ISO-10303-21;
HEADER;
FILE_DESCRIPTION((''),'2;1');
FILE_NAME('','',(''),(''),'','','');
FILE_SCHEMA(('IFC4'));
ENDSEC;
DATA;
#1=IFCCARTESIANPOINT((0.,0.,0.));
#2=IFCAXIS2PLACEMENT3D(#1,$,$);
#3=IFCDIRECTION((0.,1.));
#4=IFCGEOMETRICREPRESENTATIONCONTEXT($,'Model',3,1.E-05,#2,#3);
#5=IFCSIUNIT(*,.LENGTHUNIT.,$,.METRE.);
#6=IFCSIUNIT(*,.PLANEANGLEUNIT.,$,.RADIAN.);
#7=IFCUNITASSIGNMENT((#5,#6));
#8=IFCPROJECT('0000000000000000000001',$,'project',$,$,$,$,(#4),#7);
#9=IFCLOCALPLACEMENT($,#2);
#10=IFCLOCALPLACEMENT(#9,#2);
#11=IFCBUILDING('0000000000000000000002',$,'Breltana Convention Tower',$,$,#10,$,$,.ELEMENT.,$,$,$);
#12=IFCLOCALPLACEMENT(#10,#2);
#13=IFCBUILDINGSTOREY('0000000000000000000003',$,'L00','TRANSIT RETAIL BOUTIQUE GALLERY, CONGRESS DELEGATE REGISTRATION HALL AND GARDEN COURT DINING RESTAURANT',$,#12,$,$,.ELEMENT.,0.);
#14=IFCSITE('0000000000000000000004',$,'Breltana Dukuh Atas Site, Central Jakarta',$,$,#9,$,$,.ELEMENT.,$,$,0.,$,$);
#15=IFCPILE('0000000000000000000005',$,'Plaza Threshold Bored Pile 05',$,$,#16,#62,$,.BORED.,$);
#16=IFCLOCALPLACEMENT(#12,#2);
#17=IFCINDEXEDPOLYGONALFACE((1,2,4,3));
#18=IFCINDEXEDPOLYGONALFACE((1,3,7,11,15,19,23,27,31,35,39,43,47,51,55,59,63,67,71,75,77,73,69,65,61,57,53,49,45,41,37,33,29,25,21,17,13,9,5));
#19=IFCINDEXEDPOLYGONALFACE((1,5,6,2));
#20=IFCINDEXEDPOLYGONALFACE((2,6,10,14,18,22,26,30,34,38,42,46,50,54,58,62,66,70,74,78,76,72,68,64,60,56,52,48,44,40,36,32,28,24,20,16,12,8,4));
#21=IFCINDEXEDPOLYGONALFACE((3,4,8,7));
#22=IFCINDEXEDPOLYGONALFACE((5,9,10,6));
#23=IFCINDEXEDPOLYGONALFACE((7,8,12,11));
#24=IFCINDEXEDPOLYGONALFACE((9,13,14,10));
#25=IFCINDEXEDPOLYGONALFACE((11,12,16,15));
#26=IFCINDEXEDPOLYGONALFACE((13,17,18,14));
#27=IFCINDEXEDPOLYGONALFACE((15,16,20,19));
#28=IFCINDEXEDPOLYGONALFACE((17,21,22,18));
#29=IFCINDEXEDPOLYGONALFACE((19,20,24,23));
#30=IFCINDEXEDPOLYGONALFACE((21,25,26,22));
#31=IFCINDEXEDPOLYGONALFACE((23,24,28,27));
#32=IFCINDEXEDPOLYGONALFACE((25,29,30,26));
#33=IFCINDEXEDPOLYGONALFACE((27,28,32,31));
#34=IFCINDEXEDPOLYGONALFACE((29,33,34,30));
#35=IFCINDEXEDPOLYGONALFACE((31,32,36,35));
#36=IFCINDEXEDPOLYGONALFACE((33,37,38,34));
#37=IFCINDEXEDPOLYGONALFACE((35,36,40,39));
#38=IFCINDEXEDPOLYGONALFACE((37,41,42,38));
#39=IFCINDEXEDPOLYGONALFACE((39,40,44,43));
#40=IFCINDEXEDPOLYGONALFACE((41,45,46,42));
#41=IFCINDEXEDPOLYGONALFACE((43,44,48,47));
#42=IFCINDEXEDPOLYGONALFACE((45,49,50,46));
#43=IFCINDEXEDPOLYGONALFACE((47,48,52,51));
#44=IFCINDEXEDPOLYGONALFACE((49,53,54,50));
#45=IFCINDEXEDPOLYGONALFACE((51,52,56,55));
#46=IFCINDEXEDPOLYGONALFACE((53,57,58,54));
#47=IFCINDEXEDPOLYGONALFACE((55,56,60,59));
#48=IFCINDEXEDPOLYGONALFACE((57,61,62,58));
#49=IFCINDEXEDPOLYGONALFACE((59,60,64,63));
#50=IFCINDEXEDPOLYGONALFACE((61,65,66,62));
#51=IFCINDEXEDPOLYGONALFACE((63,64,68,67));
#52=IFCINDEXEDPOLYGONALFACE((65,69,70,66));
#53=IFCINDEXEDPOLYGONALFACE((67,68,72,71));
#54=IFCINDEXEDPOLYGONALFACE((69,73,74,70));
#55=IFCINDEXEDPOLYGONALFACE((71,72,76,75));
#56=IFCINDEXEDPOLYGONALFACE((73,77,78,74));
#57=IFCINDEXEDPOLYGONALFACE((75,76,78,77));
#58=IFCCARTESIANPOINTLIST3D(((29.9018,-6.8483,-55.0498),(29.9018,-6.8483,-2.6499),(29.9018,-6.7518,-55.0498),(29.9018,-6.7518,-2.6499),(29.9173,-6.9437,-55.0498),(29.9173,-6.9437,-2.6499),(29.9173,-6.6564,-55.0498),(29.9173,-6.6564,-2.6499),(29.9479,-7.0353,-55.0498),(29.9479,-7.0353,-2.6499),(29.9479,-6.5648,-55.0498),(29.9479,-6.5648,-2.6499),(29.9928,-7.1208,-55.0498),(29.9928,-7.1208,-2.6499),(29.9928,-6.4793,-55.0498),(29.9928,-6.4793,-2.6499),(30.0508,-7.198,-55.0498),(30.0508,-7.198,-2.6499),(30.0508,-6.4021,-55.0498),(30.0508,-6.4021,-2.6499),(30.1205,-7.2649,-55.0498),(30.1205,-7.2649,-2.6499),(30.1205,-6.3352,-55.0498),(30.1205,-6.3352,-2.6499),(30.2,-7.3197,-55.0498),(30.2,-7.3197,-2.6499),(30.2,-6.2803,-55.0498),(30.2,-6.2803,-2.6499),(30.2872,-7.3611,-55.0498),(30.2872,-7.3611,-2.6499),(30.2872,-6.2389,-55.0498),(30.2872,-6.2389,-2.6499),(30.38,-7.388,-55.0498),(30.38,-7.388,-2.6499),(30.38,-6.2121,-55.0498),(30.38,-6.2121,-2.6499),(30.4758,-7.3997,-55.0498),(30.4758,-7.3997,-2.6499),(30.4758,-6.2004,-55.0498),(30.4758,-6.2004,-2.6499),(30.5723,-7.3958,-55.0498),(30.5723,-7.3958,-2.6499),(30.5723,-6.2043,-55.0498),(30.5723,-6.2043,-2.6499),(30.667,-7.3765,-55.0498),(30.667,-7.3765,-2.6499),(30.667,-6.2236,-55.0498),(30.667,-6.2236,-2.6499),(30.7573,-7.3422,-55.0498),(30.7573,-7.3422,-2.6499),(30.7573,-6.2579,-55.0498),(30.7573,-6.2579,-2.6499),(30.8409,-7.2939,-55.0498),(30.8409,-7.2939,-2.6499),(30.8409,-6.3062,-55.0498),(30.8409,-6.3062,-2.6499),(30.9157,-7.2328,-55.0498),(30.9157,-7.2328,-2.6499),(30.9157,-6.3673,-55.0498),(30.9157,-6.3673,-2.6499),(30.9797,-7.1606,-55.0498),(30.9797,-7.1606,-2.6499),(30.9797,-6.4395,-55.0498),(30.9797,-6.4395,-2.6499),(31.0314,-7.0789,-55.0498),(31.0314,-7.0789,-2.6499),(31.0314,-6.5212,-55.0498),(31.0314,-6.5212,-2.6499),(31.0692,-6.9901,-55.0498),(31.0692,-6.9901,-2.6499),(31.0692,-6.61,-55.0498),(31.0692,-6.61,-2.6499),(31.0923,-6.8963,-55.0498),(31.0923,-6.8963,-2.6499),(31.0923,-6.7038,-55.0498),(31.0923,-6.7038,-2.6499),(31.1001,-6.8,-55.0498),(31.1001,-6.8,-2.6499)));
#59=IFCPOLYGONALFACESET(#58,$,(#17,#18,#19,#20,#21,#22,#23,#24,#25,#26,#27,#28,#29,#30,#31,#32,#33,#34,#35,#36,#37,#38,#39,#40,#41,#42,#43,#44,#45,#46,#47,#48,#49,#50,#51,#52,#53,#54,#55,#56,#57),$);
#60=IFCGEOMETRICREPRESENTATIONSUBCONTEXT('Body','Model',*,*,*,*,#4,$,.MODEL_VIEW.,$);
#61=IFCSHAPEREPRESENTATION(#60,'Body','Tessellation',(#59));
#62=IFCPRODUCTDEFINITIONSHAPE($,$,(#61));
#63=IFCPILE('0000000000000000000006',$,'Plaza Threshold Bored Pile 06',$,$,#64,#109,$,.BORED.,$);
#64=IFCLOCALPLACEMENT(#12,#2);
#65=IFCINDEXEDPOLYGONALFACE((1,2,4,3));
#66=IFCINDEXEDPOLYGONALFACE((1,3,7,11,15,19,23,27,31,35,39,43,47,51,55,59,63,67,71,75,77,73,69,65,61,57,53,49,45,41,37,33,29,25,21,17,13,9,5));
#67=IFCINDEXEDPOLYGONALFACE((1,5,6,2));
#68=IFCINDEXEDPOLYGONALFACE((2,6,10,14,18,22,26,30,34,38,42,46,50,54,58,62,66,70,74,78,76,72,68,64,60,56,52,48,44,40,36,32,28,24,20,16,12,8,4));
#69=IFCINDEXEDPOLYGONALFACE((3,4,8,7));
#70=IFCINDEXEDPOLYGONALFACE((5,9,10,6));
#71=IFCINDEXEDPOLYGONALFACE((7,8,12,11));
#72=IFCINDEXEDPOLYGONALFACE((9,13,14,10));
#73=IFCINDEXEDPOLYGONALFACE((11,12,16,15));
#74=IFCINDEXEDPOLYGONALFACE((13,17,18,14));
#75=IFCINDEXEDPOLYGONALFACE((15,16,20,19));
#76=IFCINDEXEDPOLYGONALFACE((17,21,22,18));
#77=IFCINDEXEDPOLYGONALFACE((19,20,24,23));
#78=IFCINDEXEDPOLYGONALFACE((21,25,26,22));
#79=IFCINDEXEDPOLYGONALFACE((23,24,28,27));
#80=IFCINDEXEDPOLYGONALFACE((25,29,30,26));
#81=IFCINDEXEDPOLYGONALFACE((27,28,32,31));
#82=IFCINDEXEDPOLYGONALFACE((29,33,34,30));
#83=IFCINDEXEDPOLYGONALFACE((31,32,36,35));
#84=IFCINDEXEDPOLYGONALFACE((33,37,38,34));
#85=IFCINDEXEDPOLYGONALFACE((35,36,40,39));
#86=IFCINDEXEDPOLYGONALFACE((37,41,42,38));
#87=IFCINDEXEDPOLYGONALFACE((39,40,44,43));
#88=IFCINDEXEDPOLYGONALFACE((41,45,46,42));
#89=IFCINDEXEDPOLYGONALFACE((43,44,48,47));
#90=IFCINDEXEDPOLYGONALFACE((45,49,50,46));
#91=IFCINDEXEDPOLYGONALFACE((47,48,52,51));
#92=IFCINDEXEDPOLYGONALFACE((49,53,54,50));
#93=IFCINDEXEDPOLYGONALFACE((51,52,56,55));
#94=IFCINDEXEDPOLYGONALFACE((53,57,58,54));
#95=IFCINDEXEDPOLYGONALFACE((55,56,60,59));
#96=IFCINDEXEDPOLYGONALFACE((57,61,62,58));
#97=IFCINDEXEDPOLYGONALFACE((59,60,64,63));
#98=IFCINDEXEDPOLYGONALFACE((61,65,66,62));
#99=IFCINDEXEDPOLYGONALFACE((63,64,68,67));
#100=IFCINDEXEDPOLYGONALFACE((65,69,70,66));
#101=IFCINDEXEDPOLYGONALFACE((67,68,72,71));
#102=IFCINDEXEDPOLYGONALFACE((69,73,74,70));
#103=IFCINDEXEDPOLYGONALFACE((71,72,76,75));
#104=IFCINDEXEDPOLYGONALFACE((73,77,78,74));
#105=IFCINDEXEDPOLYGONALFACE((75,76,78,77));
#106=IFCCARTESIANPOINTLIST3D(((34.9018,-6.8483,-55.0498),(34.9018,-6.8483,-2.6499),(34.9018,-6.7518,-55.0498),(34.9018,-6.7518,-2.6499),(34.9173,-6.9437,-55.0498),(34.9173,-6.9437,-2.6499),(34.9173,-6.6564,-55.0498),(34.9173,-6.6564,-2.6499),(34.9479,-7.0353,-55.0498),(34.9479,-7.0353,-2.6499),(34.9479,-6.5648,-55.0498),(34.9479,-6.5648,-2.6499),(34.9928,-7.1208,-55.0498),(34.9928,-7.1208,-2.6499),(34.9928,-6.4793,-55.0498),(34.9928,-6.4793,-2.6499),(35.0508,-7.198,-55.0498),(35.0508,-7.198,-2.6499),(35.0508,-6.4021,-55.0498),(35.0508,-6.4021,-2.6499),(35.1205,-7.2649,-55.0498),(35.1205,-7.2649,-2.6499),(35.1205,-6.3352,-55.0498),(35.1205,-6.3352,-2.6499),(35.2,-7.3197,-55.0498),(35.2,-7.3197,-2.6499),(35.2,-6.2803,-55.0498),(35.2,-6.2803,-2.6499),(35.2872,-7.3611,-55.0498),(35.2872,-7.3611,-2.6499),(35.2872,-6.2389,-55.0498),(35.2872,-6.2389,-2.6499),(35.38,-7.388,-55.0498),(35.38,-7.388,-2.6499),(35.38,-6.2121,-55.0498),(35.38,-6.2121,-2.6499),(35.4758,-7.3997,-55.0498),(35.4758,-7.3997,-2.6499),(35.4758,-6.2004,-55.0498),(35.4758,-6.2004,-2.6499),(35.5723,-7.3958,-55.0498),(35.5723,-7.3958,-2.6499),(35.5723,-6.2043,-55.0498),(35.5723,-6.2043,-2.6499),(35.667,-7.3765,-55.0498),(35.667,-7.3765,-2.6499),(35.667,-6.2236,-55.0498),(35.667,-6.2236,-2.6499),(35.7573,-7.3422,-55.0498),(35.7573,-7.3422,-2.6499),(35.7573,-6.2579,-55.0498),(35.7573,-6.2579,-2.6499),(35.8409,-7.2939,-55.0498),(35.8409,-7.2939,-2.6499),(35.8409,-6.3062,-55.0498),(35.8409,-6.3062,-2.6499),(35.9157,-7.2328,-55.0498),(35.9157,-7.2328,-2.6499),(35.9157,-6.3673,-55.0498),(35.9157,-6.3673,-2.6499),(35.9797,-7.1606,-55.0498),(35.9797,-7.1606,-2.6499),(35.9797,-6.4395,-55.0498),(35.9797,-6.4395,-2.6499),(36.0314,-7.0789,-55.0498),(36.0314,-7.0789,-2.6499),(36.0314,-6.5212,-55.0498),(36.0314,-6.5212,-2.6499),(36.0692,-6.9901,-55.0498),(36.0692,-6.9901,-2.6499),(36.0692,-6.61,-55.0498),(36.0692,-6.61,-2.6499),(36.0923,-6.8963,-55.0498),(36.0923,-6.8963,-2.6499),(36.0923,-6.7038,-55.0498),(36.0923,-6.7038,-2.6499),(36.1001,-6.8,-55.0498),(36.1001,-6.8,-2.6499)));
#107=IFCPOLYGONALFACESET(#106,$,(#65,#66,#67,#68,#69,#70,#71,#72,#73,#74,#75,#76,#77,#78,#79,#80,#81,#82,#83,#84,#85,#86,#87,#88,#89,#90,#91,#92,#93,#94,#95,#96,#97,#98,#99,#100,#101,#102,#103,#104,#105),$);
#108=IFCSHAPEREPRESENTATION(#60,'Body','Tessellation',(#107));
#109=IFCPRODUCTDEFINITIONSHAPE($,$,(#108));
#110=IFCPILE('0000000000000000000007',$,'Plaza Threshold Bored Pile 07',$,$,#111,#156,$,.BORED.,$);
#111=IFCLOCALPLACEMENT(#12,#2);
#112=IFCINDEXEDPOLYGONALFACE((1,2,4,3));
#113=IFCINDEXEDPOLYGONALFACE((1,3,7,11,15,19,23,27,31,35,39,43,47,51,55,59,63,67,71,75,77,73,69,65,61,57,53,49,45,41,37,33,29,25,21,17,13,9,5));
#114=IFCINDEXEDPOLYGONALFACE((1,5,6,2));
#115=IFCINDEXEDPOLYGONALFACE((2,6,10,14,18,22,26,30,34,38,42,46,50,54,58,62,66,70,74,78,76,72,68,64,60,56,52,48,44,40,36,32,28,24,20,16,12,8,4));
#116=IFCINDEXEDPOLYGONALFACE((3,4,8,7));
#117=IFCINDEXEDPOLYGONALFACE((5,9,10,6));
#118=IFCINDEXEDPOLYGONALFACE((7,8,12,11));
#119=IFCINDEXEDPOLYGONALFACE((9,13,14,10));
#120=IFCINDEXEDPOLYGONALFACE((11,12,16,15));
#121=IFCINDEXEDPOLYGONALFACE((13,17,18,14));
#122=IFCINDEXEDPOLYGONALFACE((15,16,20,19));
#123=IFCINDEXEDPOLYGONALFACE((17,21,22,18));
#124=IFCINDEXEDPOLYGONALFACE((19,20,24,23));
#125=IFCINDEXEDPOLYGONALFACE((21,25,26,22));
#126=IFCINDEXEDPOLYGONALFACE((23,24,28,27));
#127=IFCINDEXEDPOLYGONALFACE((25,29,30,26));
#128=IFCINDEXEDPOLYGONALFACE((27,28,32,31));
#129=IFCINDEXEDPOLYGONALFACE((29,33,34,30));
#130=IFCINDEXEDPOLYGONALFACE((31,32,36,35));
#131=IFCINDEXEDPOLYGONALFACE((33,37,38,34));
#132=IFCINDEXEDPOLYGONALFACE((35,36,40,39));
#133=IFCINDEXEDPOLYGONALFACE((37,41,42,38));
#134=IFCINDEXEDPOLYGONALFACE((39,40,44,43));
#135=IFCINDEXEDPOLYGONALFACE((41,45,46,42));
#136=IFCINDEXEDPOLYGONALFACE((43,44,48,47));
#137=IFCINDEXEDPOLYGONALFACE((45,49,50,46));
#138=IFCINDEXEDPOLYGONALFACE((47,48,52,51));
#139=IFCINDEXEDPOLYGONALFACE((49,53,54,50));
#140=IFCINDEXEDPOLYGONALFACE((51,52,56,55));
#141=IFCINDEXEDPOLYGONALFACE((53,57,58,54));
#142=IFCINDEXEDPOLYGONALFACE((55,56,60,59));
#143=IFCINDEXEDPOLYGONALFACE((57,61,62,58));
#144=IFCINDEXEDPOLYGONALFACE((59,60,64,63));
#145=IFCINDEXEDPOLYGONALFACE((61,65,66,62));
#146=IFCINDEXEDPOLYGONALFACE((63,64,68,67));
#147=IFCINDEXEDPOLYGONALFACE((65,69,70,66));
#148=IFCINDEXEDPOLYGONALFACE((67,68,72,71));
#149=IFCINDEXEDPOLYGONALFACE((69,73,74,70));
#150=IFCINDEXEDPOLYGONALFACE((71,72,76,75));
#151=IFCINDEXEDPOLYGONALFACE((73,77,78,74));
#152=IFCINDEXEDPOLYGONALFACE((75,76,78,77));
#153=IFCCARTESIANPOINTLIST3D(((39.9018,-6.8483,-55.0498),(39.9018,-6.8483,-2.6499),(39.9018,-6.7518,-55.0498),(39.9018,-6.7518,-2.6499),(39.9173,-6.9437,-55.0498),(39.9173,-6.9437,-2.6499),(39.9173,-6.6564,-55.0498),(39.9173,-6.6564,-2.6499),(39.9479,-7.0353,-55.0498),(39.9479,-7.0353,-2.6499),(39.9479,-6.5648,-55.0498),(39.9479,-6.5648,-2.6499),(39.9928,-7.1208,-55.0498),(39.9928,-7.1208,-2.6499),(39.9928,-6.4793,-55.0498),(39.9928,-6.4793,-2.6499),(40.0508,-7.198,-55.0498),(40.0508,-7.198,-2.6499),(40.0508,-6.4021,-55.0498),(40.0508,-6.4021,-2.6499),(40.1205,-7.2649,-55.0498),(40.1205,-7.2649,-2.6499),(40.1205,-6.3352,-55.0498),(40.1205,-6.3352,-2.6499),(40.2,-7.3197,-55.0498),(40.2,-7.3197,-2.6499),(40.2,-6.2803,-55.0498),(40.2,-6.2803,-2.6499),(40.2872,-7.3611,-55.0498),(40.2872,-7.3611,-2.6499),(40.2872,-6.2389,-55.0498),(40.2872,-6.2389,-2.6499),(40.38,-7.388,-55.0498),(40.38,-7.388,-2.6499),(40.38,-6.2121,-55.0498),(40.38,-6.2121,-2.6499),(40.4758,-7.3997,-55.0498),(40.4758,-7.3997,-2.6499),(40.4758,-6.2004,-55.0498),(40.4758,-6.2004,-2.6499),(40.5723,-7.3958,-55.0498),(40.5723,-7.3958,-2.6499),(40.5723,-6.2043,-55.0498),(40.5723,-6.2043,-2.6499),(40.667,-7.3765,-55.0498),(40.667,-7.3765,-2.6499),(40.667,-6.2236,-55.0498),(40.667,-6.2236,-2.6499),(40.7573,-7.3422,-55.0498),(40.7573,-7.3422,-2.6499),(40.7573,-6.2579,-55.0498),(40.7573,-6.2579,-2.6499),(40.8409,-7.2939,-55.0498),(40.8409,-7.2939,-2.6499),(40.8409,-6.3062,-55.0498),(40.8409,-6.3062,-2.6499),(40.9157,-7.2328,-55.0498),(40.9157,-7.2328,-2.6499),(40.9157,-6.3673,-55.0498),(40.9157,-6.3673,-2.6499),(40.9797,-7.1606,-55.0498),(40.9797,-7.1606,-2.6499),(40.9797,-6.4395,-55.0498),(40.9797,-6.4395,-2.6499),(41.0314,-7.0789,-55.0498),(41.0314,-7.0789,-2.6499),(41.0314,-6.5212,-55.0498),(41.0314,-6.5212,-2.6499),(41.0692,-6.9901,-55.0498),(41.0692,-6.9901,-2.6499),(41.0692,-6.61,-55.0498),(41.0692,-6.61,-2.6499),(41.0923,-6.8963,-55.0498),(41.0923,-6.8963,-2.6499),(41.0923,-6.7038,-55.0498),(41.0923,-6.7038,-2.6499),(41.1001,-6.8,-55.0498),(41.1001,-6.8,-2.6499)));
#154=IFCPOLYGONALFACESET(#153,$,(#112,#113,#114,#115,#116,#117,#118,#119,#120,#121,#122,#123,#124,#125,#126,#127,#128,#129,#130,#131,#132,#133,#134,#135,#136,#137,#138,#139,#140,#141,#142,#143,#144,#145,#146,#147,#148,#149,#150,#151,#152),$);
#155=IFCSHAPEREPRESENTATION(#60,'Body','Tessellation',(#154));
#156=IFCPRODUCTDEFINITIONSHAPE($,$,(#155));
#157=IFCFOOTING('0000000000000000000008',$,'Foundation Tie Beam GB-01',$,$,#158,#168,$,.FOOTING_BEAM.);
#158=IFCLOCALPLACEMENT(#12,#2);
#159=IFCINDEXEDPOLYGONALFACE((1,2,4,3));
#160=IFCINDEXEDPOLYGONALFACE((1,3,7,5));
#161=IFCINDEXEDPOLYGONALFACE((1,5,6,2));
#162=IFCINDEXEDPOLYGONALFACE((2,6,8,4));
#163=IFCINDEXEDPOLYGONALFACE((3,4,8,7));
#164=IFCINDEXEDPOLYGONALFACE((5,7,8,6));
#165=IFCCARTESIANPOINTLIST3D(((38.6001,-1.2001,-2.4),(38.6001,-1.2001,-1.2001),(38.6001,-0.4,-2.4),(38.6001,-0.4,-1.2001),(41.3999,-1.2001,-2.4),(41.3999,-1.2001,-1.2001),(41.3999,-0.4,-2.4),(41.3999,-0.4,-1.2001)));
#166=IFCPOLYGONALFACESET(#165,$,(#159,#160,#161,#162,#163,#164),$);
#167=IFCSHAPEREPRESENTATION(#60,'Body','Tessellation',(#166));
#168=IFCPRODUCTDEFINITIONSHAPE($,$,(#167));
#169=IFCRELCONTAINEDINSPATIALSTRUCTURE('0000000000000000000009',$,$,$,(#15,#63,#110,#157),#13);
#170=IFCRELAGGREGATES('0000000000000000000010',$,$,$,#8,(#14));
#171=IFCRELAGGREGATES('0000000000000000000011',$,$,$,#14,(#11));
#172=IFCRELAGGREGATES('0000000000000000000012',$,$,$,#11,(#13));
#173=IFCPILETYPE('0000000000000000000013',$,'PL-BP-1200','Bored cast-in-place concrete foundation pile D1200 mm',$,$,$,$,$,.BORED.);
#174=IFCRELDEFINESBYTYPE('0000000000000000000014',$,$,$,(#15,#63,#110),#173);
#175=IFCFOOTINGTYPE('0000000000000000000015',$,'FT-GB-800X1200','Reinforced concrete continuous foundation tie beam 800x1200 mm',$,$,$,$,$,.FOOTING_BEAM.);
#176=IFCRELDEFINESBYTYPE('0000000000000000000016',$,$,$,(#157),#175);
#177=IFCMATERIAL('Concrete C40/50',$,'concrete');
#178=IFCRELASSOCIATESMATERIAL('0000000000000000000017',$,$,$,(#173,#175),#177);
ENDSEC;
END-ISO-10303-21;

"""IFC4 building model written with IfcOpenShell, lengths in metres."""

from ifc_helpers import new_model, si_unit, direction, frame, origin, origin_2d, place, context, subcontext, project, spatial, rectangle, circle, extrude, source, transform, mapped, material, material_profile, profile_set, type_object, type_shapes, element, save


model = new_model("IFC4")

# Units and contexts
model_context = context("Model", 3, precision=1e-05, world=origin(), true_north=direction((0.0, 1.0)))
body_context = subcontext(model_context, "Body", "Model", "MODEL_VIEW")
ifc_project = project(units=[si_unit("LENGTHUNIT", "METRE"), si_unit("PLANEANGLEUNIT", "RADIAN")], contexts=[model_context])

# Site, building, storey
site_placement = place(None, origin())
site = spatial("IfcSite", under=ifc_project, at=site_placement, Name="Breltana Dukuh Atas Site, Central Jakarta", CompositionType="ELEMENT", RefElevation=0.0)
building_placement = place(site_placement, origin())
building = spatial("IfcBuilding", under=site, at=building_placement, Name="Breltana Convention Tower", CompositionType="ELEMENT")
storey_placement = place(building_placement, origin())
storey = spatial("IfcBuildingStorey", under=building, at=storey_placement, Name="L00", Description="TRANSIT RETAIL BOUTIQUE GALLERY, CONGRESS DELEGATE REGISTRATION HALL AND GARDEN COURT DINING RESTAURANT", CompositionType="ELEMENT", Elevation=0.0)

# Piles
ifc_material_1 = material(Name="Concrete C40/50", Category="concrete")
ifc_material_profile_1 = material_profile(ifc_material_1, circle(Radius=0.6001, at=origin_2d()), Name="BP-D1200")
ifc_profile_set_1 = profile_set([ifc_material_profile_1], Name="Concrete C40/50")
pile_type = type_object("IfcPileType", Name="PL-BP-1200", Description="Bored cast-in-place concrete foundation pile D1200 mm", PredefinedType="BORED", material=ifc_profile_set_1)
shared_shape_1 = source(origin(), body_context, "Body", "SweptSolid", [
    extrude(circle(Radius=0.6001, at=origin_2d()), origin(), (0.0, 0.0, 1.0), 52.3999),
])
for number, where, z_axis, x_axis, name in (
    (1, (30.5, -6.8, -2.6499), (0.0, 0.0, -1.0), (1.0, 0.0, 0.0), "Plaza Threshold Bored Pile 05"),
    (2, (35.5, -6.8, -2.6499), (0.0, 0.0, -1.0), (1.0, 0.0, 0.0), "Plaza Threshold Bored Pile 06"),
    (3, (40.5, -6.8, -2.6499), (0.0, 0.0, -1.0), (1.0, 0.0, 0.0), "Plaza Threshold Bored Pile 07"),
):
    element("IfcPile", number, at=place(storey_placement, frame(where, z_axis=z_axis, x_axis=x_axis)), inside=storey, type_object=pile_type, Name=name, PredefinedType="BORED", context=body_context, shape_type="MappedRepresentation", body=[
        mapped(shared_shape_1, transform((0.0, 0.0, 0.0), scale=1.0)),
    ])

# Footing
ifc_material_profile_2 = material_profile(ifc_material_1, rectangle(XDim=0.8, YDim=1.2, at=origin_2d()), Name="RC-BM-800X1200")
ifc_profile_set_2 = profile_set([ifc_material_profile_2], Name="Concrete C40/50")
footing_type_1 = type_object("IfcFootingType", Name="FT-GB-800X1200", Description="Reinforced concrete continuous foundation tie beam 800x1200 mm", PredefinedType="FOOTING_BEAM", material=ifc_profile_set_2)
shared_shape_2 = source(origin(), body_context, "Body", "SweptSolid", [
    extrude(rectangle(XDim=0.8, YDim=1.2, at=origin_2d()), origin(), (0.0, 0.0, 1.0), 2.7998),
])
type_shapes(footing_type_1, [shared_shape_2])
footing_1_placement = place(storey_placement, frame((38.6001, -0.8, -1.8), z_axis=(1.0, 0.0, 0.0), x_axis=(0.0, 1.0, 0.0)))
element("IfcFooting", 4, at=footing_1_placement, inside=storey, type_object=footing_type_1, Name="Foundation Tie Beam GB-01", PredefinedType="FOOTING_BEAM", context=body_context, shape_type="MappedRepresentation", body=[
    mapped(shared_shape_2, transform((0.0, 0.0, 0.0), scale=1.0)),
])

save(model, "model.ifc")
